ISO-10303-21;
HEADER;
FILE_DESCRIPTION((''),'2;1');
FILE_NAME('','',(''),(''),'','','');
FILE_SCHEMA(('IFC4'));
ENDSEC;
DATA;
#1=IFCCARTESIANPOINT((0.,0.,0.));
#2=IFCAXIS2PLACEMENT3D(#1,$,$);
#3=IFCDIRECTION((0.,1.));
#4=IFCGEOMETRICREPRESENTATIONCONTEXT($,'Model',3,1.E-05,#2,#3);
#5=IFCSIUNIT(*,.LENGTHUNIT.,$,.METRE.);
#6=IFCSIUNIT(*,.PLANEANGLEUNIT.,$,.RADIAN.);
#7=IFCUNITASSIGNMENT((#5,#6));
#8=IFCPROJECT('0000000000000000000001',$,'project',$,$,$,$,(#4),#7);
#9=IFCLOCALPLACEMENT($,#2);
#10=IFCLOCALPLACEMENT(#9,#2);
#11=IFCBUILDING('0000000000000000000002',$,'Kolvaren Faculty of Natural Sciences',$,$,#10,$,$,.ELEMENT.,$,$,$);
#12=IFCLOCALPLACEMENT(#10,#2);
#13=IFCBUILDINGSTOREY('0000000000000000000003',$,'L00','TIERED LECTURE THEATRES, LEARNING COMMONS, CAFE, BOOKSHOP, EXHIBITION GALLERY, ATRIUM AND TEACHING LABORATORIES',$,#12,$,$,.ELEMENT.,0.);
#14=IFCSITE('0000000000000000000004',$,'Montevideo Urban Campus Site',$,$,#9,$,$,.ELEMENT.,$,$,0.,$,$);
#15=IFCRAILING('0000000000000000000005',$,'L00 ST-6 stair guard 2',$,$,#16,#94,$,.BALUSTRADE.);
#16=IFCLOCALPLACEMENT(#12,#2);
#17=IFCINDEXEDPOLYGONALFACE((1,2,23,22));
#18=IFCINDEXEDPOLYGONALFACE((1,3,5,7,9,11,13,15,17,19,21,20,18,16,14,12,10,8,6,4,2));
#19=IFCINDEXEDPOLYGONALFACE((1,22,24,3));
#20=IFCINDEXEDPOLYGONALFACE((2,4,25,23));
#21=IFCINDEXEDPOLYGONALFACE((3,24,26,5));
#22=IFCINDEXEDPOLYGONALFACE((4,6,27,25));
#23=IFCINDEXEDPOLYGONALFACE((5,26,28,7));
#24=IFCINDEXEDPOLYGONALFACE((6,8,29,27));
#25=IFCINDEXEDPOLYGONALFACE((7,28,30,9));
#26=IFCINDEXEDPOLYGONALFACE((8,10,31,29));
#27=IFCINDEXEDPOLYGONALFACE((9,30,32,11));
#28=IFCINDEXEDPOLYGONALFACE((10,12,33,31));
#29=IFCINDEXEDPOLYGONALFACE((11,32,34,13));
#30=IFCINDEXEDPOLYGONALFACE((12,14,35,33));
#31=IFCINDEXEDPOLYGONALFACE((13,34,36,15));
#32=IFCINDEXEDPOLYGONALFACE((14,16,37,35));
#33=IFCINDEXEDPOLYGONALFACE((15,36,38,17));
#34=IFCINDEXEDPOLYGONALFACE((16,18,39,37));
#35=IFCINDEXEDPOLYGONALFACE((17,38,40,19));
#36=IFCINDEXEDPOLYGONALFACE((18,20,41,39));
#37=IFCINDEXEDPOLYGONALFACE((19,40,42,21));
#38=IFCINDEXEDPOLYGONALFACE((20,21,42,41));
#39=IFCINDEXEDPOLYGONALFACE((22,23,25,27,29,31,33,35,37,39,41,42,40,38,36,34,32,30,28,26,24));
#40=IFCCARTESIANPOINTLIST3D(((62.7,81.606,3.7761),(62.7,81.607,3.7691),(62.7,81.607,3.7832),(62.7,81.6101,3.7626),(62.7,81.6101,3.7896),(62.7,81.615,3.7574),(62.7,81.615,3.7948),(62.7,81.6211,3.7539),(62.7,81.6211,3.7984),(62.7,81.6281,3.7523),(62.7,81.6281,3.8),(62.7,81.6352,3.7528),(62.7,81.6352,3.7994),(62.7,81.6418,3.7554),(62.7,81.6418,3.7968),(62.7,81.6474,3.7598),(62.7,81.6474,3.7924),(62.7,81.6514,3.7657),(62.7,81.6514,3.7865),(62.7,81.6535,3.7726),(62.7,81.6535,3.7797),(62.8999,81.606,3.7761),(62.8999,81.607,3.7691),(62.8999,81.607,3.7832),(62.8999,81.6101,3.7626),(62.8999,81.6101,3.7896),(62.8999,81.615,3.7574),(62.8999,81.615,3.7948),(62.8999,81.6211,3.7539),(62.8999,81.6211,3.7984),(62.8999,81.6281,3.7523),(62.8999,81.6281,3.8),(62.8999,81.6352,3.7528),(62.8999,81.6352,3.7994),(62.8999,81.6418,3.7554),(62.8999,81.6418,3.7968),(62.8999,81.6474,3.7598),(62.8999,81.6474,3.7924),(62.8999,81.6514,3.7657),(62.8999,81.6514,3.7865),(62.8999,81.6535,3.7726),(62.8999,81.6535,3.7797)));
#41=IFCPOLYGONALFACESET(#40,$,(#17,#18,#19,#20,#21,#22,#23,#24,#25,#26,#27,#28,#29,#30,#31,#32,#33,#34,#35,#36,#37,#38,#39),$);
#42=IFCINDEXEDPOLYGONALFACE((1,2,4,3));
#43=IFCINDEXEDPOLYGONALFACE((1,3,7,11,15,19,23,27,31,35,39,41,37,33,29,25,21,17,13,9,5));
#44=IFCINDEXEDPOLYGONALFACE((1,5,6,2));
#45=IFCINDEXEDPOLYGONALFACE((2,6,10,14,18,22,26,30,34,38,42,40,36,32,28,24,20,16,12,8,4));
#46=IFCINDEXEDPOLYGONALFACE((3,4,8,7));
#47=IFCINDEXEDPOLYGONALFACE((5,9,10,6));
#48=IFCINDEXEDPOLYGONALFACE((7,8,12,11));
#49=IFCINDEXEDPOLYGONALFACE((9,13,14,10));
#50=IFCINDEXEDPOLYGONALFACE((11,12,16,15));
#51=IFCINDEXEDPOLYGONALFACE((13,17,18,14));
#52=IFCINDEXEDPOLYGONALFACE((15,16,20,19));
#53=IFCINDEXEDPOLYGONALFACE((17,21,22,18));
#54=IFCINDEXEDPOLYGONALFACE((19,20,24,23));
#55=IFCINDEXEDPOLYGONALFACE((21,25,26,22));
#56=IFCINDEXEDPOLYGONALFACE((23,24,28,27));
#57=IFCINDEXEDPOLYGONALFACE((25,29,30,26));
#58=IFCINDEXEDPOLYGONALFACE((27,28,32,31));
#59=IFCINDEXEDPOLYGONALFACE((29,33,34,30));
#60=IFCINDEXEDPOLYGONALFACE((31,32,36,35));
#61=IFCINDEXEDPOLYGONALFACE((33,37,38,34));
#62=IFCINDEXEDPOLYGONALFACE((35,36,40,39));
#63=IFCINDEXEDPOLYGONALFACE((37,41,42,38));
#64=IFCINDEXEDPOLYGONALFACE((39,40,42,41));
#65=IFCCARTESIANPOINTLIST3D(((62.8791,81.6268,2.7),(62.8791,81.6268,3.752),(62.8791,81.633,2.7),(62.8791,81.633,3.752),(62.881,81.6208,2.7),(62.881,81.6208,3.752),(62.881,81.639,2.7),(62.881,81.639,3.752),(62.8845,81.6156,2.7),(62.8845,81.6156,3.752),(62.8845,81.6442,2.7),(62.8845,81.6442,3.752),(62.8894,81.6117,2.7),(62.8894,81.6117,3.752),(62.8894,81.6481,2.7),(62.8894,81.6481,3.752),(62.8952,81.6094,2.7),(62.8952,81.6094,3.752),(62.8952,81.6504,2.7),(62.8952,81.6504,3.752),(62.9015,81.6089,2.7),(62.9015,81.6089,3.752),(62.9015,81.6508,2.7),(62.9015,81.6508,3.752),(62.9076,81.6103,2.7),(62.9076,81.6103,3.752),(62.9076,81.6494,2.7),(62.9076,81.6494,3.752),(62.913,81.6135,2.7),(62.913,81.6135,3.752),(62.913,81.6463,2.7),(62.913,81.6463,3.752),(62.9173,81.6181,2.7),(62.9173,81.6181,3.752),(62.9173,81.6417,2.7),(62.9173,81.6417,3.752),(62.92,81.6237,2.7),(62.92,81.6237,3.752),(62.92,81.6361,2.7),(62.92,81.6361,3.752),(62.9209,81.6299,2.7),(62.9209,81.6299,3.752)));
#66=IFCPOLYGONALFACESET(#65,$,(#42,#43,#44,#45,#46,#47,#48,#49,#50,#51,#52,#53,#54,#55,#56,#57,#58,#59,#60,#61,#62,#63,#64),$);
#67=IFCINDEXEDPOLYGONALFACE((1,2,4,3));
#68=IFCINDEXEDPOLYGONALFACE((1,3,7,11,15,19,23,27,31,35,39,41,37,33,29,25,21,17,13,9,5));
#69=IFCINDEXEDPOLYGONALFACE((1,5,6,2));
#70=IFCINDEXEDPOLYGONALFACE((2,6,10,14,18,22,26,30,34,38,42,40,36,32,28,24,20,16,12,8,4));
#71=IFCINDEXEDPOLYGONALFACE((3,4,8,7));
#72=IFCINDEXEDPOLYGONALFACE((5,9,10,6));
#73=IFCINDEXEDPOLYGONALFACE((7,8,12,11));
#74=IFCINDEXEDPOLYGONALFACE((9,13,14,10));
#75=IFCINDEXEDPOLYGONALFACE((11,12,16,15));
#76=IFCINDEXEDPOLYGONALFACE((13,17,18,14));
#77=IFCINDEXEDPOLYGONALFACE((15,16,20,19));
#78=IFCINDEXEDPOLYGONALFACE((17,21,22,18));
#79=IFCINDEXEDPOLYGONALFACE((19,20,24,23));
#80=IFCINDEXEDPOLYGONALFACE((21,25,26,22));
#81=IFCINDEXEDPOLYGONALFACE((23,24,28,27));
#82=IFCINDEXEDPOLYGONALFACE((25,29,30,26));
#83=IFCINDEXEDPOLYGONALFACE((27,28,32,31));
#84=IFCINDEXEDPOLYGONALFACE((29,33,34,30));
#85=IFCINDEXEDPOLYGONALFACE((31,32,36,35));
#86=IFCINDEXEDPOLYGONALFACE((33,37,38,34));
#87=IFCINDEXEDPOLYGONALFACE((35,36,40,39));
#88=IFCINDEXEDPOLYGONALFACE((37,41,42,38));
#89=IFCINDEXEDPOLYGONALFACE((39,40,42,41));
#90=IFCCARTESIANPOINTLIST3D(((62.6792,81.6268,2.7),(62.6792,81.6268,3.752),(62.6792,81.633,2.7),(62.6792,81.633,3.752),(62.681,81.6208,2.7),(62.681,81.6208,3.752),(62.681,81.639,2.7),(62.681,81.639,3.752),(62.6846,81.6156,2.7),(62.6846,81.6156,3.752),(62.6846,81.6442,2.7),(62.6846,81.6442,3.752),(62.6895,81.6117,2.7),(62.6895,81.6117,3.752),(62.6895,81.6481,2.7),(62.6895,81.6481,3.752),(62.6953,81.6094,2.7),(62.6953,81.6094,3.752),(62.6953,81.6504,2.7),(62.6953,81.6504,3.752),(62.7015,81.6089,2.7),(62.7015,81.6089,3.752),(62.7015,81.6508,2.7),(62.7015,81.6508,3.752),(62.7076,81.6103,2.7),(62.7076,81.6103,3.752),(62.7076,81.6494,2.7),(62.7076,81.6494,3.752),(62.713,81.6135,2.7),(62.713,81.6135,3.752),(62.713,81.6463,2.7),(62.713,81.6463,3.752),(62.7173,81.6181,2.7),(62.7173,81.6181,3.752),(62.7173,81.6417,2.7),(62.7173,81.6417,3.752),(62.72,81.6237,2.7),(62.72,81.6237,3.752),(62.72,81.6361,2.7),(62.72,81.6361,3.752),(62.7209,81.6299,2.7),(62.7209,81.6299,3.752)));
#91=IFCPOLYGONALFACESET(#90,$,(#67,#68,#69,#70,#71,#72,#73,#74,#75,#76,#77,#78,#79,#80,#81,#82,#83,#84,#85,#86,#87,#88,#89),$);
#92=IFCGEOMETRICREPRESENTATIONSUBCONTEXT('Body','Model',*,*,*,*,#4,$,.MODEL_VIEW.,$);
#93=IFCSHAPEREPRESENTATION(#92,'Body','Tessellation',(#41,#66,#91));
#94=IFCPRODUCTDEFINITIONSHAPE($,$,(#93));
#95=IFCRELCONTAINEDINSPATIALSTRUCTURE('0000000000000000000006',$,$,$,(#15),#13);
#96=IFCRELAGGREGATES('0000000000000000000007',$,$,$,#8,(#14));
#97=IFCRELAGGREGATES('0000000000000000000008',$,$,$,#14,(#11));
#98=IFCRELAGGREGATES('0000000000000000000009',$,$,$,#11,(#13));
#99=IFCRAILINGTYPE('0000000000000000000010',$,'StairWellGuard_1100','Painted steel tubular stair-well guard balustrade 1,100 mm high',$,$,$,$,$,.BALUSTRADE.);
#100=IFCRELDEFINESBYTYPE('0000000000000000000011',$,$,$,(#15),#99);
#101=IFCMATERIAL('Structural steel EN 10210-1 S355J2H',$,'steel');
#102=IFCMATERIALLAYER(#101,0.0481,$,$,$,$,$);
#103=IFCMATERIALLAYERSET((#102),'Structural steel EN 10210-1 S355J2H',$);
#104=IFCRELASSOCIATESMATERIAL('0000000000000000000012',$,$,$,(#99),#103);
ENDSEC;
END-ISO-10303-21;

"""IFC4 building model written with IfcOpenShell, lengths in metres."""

from ifc_helpers import new_model, si_unit, direction, frame, origin, origin_2d, place, context, subcontext, project, spatial, circle, extrude, material, layer, layer_set, type_object, element, save


model = new_model("IFC4")

# Units and contexts
model_context = context("Model", 3, precision=1e-05, world=origin(), true_north=direction((0.0, 1.0)))
body_context = subcontext(model_context, "Body", "Model", "MODEL_VIEW")
ifc_project = project(units=[si_unit("LENGTHUNIT", "METRE"), si_unit("PLANEANGLEUNIT", "RADIAN")], contexts=[model_context])

# Site, building, storey
site_placement = place(None, origin())
site = spatial("IfcSite", under=ifc_project, at=site_placement, Name="Montevideo Urban Campus Site", CompositionType="ELEMENT", RefElevation=0.0)
building_placement = place(site_placement, origin())
building = spatial("IfcBuilding", under=site, at=building_placement, Name="Kolvaren Faculty of Natural Sciences", CompositionType="ELEMENT")
storey_placement = place(building_placement, origin())
storey = spatial("IfcBuildingStorey", under=building, at=storey_placement, Name="L00", Description="TIERED LECTURE THEATRES, LEARNING COMMONS, CAFE, BOOKSHOP, EXHIBITION GALLERY, ATRIUM AND TEACHING LABORATORIES", CompositionType="ELEMENT", Elevation=0.0)

# Railing
ifc_material_1 = material(Name="Structural steel EN 10210-1 S355J2H", Category="steel")
ifc_layer_1 = layer(ifc_material_1, 0.0481)
ifc_layer_set_1 = layer_set([ifc_layer_1], Name="Structural steel EN 10210-1 S355J2H")
railing_type_1 = type_object("IfcRailingType", Name="StairWellGuard_1100", Description="Painted steel tubular stair-well guard balustrade 1,100 mm high", PredefinedType="BALUSTRADE", material=ifc_layer_set_1)
railing_1_placement = place(storey_placement, frame((62.8999, 81.6299, 2.7)))
element("IfcRailing", 1, at=railing_1_placement, inside=storey, type_object=railing_type_1, Name="L00 ST-6 stair guard 2", PredefinedType="BALUSTRADE", context=body_context, shape_type="SweptSolid", body=[
    extrude(circle(Radius=0.0239, at=origin_2d()), frame((0.0, 0.0, 1.0762), z_axis=(-1.0, 0.0, 0.0), x_axis=(0.0, -1.0, 0.0)), (0.0, 0.0, 1.0), 0.2),
    extrude(circle(Radius=0.021, at=origin_2d()), origin(), (0.0, 0.0, 1.0), 1.052),
    extrude(circle(Radius=0.021, at=origin_2d()), frame((-0.2, 0.0, 0.0)), (0.0, 0.0, 1.0), 1.052),
])

save(model, "model.ifc")
